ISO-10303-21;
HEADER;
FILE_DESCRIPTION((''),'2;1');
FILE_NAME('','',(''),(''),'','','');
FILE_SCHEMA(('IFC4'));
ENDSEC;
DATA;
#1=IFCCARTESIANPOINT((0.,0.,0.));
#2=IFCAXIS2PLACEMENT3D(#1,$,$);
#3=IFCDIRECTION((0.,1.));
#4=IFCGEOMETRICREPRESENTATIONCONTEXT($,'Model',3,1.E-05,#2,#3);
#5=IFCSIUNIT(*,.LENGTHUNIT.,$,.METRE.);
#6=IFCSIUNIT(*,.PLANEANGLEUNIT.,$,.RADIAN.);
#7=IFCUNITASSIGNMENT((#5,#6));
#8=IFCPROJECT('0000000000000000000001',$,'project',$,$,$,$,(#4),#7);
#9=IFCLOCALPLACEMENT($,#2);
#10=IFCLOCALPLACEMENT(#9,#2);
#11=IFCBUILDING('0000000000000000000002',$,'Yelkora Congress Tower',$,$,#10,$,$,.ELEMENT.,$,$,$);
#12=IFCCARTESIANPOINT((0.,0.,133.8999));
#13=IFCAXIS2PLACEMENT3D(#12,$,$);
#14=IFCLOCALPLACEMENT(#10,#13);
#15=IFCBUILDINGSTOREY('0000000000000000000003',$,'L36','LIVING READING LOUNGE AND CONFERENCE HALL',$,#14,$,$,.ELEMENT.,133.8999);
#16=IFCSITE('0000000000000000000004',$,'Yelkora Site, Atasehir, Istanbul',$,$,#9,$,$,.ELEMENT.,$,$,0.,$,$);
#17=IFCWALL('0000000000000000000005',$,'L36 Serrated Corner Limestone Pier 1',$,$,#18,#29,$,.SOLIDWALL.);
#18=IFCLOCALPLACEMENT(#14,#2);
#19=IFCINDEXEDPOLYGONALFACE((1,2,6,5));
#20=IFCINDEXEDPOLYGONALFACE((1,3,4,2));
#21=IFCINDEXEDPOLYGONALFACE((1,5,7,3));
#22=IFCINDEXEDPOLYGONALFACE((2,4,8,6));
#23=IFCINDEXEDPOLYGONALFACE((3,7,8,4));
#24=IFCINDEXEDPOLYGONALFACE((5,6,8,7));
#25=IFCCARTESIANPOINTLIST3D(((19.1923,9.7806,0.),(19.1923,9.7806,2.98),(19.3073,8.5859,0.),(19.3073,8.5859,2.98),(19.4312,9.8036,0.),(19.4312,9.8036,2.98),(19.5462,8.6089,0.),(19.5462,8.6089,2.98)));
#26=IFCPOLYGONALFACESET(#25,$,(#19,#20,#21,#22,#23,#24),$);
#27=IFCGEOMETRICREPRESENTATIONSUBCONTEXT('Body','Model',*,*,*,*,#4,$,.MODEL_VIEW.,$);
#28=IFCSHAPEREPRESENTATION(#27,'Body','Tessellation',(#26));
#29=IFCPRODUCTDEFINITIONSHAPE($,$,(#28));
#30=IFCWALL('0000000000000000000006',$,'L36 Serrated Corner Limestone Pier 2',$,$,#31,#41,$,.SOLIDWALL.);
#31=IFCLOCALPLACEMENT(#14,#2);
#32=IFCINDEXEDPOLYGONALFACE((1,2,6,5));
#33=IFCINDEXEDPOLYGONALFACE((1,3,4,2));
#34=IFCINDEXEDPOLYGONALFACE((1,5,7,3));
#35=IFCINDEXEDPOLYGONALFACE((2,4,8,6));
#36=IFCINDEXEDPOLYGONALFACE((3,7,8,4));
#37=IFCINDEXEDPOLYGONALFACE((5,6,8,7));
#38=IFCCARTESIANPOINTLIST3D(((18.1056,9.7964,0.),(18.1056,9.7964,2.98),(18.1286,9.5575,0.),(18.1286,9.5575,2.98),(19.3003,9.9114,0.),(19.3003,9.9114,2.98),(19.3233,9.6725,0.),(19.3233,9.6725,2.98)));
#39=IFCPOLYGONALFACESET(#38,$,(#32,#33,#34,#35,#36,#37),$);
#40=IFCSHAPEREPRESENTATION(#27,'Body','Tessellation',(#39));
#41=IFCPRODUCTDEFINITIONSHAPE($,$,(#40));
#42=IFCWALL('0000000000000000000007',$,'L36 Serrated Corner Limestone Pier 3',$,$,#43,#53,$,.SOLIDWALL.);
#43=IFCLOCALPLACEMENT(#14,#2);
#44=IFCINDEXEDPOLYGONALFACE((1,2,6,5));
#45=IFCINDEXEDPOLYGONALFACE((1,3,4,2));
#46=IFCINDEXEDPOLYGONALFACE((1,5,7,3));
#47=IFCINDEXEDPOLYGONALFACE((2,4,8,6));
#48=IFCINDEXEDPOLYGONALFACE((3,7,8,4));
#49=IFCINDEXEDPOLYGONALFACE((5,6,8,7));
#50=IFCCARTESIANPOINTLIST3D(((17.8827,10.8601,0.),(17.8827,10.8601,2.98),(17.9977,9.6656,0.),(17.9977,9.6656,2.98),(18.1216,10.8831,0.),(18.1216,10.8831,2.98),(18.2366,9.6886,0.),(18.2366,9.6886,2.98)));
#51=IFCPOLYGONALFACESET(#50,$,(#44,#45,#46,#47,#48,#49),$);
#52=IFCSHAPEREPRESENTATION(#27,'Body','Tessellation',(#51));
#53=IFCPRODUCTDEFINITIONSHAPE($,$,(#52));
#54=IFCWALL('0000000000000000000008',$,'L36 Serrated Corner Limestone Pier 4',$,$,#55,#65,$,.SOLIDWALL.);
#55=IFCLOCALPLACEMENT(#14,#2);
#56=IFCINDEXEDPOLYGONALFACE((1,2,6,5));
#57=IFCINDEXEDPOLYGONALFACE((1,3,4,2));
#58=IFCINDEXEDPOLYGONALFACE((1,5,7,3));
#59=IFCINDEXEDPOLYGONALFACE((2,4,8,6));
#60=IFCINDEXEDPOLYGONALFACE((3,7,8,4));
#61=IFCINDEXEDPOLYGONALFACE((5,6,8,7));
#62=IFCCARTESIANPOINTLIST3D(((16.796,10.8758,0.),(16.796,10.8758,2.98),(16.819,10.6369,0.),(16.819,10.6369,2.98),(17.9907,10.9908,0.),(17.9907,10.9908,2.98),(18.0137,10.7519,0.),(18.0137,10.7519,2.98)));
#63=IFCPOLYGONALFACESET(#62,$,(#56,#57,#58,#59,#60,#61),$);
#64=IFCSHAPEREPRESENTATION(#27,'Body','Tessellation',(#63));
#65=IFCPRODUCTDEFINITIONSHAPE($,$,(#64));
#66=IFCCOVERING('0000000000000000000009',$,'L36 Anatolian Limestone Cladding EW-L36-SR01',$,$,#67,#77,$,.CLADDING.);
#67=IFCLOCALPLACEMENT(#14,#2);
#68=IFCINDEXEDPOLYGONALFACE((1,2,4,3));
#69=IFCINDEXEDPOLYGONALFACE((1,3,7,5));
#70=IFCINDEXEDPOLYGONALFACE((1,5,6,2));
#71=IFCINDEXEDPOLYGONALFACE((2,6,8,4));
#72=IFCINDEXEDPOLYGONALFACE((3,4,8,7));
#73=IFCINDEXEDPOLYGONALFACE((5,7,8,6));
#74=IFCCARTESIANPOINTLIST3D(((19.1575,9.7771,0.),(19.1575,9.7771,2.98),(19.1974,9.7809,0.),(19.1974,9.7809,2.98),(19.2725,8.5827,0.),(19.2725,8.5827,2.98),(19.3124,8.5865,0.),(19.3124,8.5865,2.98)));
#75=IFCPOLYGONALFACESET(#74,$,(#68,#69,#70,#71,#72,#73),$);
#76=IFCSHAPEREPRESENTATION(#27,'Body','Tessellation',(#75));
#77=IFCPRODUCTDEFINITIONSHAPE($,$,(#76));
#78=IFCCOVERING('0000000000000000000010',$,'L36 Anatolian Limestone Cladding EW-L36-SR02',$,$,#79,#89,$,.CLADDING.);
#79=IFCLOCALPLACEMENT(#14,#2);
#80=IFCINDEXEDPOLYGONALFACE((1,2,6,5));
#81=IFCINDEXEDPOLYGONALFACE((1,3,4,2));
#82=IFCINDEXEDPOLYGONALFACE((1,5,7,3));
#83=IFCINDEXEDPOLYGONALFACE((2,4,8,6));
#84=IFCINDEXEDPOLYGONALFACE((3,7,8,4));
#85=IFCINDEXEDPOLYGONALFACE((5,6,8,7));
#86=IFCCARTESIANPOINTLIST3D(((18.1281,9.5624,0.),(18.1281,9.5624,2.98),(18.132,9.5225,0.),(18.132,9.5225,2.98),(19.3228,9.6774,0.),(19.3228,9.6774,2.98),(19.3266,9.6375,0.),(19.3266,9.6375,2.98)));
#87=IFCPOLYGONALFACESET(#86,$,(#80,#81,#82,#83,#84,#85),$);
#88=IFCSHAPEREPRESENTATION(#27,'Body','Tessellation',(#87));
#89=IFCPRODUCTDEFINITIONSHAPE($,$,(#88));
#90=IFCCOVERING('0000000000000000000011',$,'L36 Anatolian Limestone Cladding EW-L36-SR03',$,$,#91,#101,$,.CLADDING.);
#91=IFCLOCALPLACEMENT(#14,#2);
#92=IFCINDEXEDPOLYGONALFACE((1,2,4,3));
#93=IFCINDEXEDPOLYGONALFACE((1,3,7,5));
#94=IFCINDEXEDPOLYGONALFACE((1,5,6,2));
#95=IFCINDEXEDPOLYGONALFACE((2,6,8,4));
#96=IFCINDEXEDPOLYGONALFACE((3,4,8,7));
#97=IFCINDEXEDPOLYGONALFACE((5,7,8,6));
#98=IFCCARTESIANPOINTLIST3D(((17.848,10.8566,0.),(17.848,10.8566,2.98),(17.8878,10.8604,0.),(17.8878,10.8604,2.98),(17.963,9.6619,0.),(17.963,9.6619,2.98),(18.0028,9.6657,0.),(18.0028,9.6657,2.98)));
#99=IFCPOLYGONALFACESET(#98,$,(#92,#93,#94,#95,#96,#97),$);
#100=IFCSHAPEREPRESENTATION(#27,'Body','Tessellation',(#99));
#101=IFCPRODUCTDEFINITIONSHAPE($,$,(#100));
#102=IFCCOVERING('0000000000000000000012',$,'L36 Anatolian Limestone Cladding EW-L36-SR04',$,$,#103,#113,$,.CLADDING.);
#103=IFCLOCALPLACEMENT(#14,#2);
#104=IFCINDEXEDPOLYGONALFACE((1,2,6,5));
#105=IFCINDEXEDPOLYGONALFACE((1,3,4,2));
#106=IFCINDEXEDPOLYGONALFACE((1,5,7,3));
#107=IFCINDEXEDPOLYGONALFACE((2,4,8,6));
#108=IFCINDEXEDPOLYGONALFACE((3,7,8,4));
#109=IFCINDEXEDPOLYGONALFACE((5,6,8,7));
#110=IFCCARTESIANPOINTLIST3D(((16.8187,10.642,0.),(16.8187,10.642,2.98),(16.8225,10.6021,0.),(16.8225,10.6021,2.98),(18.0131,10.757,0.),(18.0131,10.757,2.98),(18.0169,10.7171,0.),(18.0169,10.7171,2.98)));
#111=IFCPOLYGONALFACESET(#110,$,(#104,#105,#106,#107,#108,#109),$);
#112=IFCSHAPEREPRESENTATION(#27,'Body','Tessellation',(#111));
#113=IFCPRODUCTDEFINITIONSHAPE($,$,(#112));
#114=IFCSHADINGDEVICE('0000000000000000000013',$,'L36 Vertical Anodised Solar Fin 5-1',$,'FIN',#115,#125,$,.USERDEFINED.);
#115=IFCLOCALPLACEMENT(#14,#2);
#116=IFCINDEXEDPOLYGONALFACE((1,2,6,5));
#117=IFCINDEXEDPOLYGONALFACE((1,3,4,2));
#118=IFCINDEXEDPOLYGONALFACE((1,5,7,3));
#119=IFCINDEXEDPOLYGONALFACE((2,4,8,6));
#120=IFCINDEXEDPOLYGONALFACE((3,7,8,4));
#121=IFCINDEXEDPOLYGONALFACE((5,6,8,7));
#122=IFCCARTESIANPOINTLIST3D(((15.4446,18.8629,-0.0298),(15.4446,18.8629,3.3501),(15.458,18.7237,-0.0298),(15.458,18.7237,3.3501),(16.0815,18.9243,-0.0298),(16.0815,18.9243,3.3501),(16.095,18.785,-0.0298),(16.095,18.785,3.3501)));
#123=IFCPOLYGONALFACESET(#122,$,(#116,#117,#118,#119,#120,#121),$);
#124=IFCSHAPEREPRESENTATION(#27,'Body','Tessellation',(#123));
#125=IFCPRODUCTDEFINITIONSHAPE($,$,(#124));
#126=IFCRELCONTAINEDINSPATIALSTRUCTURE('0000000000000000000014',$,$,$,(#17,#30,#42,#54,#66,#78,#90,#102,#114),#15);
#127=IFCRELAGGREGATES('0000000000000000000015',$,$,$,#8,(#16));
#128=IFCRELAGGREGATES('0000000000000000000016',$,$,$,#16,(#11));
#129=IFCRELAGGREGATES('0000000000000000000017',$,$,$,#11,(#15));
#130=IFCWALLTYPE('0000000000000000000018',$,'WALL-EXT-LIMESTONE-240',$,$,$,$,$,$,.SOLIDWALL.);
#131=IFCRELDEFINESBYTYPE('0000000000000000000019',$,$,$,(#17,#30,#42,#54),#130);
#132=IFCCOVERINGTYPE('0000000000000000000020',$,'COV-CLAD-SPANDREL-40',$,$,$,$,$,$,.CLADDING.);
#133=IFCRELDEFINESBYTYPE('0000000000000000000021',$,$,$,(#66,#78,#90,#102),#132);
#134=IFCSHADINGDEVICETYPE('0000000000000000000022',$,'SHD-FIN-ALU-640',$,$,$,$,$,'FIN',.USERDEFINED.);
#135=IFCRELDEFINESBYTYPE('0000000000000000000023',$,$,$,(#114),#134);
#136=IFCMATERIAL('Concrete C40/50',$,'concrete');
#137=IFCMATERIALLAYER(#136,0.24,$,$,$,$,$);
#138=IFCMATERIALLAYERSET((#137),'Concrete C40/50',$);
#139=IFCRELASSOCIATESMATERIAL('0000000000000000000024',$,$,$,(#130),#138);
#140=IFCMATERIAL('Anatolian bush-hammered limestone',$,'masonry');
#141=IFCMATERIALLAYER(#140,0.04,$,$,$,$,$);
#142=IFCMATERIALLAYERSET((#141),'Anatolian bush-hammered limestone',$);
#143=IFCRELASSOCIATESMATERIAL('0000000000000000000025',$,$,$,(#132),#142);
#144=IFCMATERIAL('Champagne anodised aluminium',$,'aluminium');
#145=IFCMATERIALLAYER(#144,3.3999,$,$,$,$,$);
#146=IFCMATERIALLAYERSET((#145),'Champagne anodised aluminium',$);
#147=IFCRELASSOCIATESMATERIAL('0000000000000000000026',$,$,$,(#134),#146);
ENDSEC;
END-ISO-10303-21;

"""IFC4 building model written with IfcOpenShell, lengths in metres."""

from ifc_helpers import new_model, si_unit, direction, frame, frame_2d, origin, origin_2d, place, context, subcontext, project, spatial, rectangle, extrude, material, layer, layer_set, type_object, element, save


model = new_model("IFC4")

# Units and contexts
model_context = context("Model", 3, precision=1e-05, world=origin(), true_north=direction((0.0, 1.0)))
body_context = subcontext(model_context, "Body", "Model", "MODEL_VIEW")
ifc_project = project(units=[si_unit("LENGTHUNIT", "METRE"), si_unit("PLANEANGLEUNIT", "RADIAN")], contexts=[model_context])

# Site, building, storey
site_placement = place(None, origin())
site = spatial("IfcSite", under=ifc_project, at=site_placement, Name="Yelkora Site, Atasehir, Istanbul", CompositionType="ELEMENT", RefElevation=0.0)
building_placement = place(site_placement, origin())
building = spatial("IfcBuilding", under=site, at=building_placement, Name="Yelkora Congress Tower", CompositionType="ELEMENT")
storey_placement = place(building_placement, frame((0.0, 0.0, 133.8999)))
storey = spatial("IfcBuildingStorey", under=building, at=storey_placement, Name="L36", Description="LIVING READING LOUNGE AND CONFERENCE HALL", CompositionType="ELEMENT", Elevation=133.8999)

# Shared definitions
ifc_material_1 = material(Name="Concrete C40/50", Category="concrete")

# Walls
ifc_layer_1 = layer(ifc_material_1, 0.24)
ifc_layer_set_1 = layer_set([ifc_layer_1], Name="Concrete C40/50")
wall_type = type_object("IfcWallType", Name="WALL-EXT-LIMESTONE-240", PredefinedType="SOLIDWALL", material=ifc_layer_set_1)
for number, where, z_axis, x_axis, name in (
    (1, (19.4268, 8.5974, 0.0), (0.0, 0.0, 1.0), (-0.095817, 0.995399, 0.0), "L36 Serrated Corner Limestone Pier 1"),
    (2, (19.3118, 9.792, 0.0), (0.0, 0.0, 1.0), (-0.995399, -0.095817, 0.0), "L36 Serrated Corner Limestone Pier 2"),
):
    element("IfcWall", number, at=place(storey_placement, frame(where, z_axis=z_axis, x_axis=x_axis)), inside=storey, type_object=wall_type, Name=name, PredefinedType="SOLIDWALL", context=body_context, shape_type="SweptSolid", body=[
        extrude(rectangle(XDim=1.2002, YDim=0.24, at=frame_2d((0.6001, 0.0))), origin(), (0.0, 0.0, 1.0), 2.98),
    ])
wall_1_placement = place(storey_placement, frame((18.1172, 9.677, 0.0), z_axis=(0.0, 0.0, 1.0), x_axis=(-0.095836, 0.995397, 0.0)))
element("IfcWall", 3, at=wall_1_placement, inside=storey, type_object=wall_type, Name="L36 Serrated Corner Limestone Pier 3", PredefinedType="SOLIDWALL", context=body_context, shape_type="SweptSolid", body=[
    extrude(rectangle(XDim=1.2, YDim=0.24, at=frame_2d((0.6001, 0.0))), origin(), (0.0, 0.0, 1.0), 2.98),
])
wall_2_placement = place(storey_placement, frame((18.0022, 10.8713, 0.0), z_axis=(0.0, 0.0, 1.0), x_axis=(-0.995399, -0.095817, 0.0)))
element("IfcWall", 4, at=wall_2_placement, inside=storey, type_object=wall_type, Name="L36 Serrated Corner Limestone Pier 4", PredefinedType="SOLIDWALL", context=body_context, shape_type="SweptSolid", body=[
    extrude(rectangle(XDim=1.2002, YDim=0.24, at=frame_2d((0.6001, 0.0))), origin(), (0.0, 0.0, 1.0), 2.98),
])

# Coverings
ifc_material_2 = material(Name="Anatolian bush-hammered limestone", Category="masonry")
ifc_layer_2 = layer(ifc_material_2, 0.04)
ifc_layer_set_2 = layer_set([ifc_layer_2], Name="Anatolian bush-hammered limestone")
covering_type = type_object("IfcCoveringType", Name="COV-CLAD-SPANDREL-40", PredefinedType="CLADDING", material=ifc_layer_set_2)
covering_1_placement = place(storey_placement, frame((19.2925, 8.5845, 0.0), z_axis=(0.0, 0.0, 1.0), x_axis=(-0.095836, 0.995397, 0.0)))
element("IfcCovering", 5, at=covering_1_placement, inside=storey, type_object=covering_type, Name="L36 Anatolian Limestone Cladding EW-L36-SR01", PredefinedType="CLADDING", context=body_context, shape_type="SweptSolid", body=[
    extrude(rectangle(XDim=1.2, YDim=0.04, at=frame_2d((0.6001, 0.0))), origin(), (0.0, 0.0, 1.0), 2.98),
])
for number, where, z_axis, x_axis, name in (
    (6, (19.3247, 9.6575, 0.0), (0.0, 0.0, 1.0), (-0.995399, -0.095817, 0.0), "L36 Anatolian Limestone Cladding EW-L36-SR02"),
    (7, (17.9829, 9.6638, 0.0), (0.0, 0.0, 1.0), (-0.095817, 0.995399, 0.0), "L36 Anatolian Limestone Cladding EW-L36-SR03"),
):
    element("IfcCovering", number, at=place(storey_placement, frame(where, z_axis=z_axis, x_axis=x_axis)), inside=storey, type_object=covering_type, Name=name, PredefinedType="CLADDING", context=body_context, shape_type="SweptSolid", body=[
        extrude(rectangle(XDim=1.2002, YDim=0.04, at=frame_2d((0.6001, 0.0))), origin(), (0.0, 0.0, 1.0), 2.98),
    ])
covering_2_placement = place(storey_placement, frame((18.0151, 10.7371, 0.0), z_axis=(0.0, 0.0, 1.0), x_axis=(-0.995397, -0.095836, 0.0)))
element("IfcCovering", 8, at=covering_2_placement, inside=storey, type_object=covering_type, Name="L36 Anatolian Limestone Cladding EW-L36-SR04", PredefinedType="CLADDING", context=body_context, shape_type="SweptSolid", body=[
    extrude(rectangle(XDim=1.2, YDim=0.04, at=frame_2d((0.6001, 0.0))), origin(), (0.0, 0.0, 1.0), 2.98),
])

# Shading device
ifc_material_3 = material(Name="Champagne anodised aluminium", Category="aluminium")
ifc_layer_3 = layer(ifc_material_3, 3.3999)
ifc_layer_set_3 = layer_set([ifc_layer_3], Name="Champagne anodised aluminium")
shading_device_type = type_object("IfcShadingDeviceType", Name="SHD-FIN-ALU-640", ElementType="FIN", PredefinedType="USERDEFINED", material=ifc_layer_set_3)
shading_device_placement = place(storey_placement, frame((15.7698, 18.824, -0.0298), z_axis=(0.0, 0.0, 1.0), x_axis=(-0.095846, 0.995396, 0.0)))
element("IfcShadingDevice", 9, at=shading_device_placement, inside=storey, type_object=shading_device_type, Name="L36 Vertical Anodised Solar Fin 5-1", ObjectType="FIN", PredefinedType="USERDEFINED", context=body_context, shape_type="SweptSolid", body=[
    extrude(rectangle(XDim=0.1399, YDim=0.6399, at=origin_2d()), origin(), (0.0, 0.0, 1.0), 3.3799),
])

save(model, "model.ifc")
